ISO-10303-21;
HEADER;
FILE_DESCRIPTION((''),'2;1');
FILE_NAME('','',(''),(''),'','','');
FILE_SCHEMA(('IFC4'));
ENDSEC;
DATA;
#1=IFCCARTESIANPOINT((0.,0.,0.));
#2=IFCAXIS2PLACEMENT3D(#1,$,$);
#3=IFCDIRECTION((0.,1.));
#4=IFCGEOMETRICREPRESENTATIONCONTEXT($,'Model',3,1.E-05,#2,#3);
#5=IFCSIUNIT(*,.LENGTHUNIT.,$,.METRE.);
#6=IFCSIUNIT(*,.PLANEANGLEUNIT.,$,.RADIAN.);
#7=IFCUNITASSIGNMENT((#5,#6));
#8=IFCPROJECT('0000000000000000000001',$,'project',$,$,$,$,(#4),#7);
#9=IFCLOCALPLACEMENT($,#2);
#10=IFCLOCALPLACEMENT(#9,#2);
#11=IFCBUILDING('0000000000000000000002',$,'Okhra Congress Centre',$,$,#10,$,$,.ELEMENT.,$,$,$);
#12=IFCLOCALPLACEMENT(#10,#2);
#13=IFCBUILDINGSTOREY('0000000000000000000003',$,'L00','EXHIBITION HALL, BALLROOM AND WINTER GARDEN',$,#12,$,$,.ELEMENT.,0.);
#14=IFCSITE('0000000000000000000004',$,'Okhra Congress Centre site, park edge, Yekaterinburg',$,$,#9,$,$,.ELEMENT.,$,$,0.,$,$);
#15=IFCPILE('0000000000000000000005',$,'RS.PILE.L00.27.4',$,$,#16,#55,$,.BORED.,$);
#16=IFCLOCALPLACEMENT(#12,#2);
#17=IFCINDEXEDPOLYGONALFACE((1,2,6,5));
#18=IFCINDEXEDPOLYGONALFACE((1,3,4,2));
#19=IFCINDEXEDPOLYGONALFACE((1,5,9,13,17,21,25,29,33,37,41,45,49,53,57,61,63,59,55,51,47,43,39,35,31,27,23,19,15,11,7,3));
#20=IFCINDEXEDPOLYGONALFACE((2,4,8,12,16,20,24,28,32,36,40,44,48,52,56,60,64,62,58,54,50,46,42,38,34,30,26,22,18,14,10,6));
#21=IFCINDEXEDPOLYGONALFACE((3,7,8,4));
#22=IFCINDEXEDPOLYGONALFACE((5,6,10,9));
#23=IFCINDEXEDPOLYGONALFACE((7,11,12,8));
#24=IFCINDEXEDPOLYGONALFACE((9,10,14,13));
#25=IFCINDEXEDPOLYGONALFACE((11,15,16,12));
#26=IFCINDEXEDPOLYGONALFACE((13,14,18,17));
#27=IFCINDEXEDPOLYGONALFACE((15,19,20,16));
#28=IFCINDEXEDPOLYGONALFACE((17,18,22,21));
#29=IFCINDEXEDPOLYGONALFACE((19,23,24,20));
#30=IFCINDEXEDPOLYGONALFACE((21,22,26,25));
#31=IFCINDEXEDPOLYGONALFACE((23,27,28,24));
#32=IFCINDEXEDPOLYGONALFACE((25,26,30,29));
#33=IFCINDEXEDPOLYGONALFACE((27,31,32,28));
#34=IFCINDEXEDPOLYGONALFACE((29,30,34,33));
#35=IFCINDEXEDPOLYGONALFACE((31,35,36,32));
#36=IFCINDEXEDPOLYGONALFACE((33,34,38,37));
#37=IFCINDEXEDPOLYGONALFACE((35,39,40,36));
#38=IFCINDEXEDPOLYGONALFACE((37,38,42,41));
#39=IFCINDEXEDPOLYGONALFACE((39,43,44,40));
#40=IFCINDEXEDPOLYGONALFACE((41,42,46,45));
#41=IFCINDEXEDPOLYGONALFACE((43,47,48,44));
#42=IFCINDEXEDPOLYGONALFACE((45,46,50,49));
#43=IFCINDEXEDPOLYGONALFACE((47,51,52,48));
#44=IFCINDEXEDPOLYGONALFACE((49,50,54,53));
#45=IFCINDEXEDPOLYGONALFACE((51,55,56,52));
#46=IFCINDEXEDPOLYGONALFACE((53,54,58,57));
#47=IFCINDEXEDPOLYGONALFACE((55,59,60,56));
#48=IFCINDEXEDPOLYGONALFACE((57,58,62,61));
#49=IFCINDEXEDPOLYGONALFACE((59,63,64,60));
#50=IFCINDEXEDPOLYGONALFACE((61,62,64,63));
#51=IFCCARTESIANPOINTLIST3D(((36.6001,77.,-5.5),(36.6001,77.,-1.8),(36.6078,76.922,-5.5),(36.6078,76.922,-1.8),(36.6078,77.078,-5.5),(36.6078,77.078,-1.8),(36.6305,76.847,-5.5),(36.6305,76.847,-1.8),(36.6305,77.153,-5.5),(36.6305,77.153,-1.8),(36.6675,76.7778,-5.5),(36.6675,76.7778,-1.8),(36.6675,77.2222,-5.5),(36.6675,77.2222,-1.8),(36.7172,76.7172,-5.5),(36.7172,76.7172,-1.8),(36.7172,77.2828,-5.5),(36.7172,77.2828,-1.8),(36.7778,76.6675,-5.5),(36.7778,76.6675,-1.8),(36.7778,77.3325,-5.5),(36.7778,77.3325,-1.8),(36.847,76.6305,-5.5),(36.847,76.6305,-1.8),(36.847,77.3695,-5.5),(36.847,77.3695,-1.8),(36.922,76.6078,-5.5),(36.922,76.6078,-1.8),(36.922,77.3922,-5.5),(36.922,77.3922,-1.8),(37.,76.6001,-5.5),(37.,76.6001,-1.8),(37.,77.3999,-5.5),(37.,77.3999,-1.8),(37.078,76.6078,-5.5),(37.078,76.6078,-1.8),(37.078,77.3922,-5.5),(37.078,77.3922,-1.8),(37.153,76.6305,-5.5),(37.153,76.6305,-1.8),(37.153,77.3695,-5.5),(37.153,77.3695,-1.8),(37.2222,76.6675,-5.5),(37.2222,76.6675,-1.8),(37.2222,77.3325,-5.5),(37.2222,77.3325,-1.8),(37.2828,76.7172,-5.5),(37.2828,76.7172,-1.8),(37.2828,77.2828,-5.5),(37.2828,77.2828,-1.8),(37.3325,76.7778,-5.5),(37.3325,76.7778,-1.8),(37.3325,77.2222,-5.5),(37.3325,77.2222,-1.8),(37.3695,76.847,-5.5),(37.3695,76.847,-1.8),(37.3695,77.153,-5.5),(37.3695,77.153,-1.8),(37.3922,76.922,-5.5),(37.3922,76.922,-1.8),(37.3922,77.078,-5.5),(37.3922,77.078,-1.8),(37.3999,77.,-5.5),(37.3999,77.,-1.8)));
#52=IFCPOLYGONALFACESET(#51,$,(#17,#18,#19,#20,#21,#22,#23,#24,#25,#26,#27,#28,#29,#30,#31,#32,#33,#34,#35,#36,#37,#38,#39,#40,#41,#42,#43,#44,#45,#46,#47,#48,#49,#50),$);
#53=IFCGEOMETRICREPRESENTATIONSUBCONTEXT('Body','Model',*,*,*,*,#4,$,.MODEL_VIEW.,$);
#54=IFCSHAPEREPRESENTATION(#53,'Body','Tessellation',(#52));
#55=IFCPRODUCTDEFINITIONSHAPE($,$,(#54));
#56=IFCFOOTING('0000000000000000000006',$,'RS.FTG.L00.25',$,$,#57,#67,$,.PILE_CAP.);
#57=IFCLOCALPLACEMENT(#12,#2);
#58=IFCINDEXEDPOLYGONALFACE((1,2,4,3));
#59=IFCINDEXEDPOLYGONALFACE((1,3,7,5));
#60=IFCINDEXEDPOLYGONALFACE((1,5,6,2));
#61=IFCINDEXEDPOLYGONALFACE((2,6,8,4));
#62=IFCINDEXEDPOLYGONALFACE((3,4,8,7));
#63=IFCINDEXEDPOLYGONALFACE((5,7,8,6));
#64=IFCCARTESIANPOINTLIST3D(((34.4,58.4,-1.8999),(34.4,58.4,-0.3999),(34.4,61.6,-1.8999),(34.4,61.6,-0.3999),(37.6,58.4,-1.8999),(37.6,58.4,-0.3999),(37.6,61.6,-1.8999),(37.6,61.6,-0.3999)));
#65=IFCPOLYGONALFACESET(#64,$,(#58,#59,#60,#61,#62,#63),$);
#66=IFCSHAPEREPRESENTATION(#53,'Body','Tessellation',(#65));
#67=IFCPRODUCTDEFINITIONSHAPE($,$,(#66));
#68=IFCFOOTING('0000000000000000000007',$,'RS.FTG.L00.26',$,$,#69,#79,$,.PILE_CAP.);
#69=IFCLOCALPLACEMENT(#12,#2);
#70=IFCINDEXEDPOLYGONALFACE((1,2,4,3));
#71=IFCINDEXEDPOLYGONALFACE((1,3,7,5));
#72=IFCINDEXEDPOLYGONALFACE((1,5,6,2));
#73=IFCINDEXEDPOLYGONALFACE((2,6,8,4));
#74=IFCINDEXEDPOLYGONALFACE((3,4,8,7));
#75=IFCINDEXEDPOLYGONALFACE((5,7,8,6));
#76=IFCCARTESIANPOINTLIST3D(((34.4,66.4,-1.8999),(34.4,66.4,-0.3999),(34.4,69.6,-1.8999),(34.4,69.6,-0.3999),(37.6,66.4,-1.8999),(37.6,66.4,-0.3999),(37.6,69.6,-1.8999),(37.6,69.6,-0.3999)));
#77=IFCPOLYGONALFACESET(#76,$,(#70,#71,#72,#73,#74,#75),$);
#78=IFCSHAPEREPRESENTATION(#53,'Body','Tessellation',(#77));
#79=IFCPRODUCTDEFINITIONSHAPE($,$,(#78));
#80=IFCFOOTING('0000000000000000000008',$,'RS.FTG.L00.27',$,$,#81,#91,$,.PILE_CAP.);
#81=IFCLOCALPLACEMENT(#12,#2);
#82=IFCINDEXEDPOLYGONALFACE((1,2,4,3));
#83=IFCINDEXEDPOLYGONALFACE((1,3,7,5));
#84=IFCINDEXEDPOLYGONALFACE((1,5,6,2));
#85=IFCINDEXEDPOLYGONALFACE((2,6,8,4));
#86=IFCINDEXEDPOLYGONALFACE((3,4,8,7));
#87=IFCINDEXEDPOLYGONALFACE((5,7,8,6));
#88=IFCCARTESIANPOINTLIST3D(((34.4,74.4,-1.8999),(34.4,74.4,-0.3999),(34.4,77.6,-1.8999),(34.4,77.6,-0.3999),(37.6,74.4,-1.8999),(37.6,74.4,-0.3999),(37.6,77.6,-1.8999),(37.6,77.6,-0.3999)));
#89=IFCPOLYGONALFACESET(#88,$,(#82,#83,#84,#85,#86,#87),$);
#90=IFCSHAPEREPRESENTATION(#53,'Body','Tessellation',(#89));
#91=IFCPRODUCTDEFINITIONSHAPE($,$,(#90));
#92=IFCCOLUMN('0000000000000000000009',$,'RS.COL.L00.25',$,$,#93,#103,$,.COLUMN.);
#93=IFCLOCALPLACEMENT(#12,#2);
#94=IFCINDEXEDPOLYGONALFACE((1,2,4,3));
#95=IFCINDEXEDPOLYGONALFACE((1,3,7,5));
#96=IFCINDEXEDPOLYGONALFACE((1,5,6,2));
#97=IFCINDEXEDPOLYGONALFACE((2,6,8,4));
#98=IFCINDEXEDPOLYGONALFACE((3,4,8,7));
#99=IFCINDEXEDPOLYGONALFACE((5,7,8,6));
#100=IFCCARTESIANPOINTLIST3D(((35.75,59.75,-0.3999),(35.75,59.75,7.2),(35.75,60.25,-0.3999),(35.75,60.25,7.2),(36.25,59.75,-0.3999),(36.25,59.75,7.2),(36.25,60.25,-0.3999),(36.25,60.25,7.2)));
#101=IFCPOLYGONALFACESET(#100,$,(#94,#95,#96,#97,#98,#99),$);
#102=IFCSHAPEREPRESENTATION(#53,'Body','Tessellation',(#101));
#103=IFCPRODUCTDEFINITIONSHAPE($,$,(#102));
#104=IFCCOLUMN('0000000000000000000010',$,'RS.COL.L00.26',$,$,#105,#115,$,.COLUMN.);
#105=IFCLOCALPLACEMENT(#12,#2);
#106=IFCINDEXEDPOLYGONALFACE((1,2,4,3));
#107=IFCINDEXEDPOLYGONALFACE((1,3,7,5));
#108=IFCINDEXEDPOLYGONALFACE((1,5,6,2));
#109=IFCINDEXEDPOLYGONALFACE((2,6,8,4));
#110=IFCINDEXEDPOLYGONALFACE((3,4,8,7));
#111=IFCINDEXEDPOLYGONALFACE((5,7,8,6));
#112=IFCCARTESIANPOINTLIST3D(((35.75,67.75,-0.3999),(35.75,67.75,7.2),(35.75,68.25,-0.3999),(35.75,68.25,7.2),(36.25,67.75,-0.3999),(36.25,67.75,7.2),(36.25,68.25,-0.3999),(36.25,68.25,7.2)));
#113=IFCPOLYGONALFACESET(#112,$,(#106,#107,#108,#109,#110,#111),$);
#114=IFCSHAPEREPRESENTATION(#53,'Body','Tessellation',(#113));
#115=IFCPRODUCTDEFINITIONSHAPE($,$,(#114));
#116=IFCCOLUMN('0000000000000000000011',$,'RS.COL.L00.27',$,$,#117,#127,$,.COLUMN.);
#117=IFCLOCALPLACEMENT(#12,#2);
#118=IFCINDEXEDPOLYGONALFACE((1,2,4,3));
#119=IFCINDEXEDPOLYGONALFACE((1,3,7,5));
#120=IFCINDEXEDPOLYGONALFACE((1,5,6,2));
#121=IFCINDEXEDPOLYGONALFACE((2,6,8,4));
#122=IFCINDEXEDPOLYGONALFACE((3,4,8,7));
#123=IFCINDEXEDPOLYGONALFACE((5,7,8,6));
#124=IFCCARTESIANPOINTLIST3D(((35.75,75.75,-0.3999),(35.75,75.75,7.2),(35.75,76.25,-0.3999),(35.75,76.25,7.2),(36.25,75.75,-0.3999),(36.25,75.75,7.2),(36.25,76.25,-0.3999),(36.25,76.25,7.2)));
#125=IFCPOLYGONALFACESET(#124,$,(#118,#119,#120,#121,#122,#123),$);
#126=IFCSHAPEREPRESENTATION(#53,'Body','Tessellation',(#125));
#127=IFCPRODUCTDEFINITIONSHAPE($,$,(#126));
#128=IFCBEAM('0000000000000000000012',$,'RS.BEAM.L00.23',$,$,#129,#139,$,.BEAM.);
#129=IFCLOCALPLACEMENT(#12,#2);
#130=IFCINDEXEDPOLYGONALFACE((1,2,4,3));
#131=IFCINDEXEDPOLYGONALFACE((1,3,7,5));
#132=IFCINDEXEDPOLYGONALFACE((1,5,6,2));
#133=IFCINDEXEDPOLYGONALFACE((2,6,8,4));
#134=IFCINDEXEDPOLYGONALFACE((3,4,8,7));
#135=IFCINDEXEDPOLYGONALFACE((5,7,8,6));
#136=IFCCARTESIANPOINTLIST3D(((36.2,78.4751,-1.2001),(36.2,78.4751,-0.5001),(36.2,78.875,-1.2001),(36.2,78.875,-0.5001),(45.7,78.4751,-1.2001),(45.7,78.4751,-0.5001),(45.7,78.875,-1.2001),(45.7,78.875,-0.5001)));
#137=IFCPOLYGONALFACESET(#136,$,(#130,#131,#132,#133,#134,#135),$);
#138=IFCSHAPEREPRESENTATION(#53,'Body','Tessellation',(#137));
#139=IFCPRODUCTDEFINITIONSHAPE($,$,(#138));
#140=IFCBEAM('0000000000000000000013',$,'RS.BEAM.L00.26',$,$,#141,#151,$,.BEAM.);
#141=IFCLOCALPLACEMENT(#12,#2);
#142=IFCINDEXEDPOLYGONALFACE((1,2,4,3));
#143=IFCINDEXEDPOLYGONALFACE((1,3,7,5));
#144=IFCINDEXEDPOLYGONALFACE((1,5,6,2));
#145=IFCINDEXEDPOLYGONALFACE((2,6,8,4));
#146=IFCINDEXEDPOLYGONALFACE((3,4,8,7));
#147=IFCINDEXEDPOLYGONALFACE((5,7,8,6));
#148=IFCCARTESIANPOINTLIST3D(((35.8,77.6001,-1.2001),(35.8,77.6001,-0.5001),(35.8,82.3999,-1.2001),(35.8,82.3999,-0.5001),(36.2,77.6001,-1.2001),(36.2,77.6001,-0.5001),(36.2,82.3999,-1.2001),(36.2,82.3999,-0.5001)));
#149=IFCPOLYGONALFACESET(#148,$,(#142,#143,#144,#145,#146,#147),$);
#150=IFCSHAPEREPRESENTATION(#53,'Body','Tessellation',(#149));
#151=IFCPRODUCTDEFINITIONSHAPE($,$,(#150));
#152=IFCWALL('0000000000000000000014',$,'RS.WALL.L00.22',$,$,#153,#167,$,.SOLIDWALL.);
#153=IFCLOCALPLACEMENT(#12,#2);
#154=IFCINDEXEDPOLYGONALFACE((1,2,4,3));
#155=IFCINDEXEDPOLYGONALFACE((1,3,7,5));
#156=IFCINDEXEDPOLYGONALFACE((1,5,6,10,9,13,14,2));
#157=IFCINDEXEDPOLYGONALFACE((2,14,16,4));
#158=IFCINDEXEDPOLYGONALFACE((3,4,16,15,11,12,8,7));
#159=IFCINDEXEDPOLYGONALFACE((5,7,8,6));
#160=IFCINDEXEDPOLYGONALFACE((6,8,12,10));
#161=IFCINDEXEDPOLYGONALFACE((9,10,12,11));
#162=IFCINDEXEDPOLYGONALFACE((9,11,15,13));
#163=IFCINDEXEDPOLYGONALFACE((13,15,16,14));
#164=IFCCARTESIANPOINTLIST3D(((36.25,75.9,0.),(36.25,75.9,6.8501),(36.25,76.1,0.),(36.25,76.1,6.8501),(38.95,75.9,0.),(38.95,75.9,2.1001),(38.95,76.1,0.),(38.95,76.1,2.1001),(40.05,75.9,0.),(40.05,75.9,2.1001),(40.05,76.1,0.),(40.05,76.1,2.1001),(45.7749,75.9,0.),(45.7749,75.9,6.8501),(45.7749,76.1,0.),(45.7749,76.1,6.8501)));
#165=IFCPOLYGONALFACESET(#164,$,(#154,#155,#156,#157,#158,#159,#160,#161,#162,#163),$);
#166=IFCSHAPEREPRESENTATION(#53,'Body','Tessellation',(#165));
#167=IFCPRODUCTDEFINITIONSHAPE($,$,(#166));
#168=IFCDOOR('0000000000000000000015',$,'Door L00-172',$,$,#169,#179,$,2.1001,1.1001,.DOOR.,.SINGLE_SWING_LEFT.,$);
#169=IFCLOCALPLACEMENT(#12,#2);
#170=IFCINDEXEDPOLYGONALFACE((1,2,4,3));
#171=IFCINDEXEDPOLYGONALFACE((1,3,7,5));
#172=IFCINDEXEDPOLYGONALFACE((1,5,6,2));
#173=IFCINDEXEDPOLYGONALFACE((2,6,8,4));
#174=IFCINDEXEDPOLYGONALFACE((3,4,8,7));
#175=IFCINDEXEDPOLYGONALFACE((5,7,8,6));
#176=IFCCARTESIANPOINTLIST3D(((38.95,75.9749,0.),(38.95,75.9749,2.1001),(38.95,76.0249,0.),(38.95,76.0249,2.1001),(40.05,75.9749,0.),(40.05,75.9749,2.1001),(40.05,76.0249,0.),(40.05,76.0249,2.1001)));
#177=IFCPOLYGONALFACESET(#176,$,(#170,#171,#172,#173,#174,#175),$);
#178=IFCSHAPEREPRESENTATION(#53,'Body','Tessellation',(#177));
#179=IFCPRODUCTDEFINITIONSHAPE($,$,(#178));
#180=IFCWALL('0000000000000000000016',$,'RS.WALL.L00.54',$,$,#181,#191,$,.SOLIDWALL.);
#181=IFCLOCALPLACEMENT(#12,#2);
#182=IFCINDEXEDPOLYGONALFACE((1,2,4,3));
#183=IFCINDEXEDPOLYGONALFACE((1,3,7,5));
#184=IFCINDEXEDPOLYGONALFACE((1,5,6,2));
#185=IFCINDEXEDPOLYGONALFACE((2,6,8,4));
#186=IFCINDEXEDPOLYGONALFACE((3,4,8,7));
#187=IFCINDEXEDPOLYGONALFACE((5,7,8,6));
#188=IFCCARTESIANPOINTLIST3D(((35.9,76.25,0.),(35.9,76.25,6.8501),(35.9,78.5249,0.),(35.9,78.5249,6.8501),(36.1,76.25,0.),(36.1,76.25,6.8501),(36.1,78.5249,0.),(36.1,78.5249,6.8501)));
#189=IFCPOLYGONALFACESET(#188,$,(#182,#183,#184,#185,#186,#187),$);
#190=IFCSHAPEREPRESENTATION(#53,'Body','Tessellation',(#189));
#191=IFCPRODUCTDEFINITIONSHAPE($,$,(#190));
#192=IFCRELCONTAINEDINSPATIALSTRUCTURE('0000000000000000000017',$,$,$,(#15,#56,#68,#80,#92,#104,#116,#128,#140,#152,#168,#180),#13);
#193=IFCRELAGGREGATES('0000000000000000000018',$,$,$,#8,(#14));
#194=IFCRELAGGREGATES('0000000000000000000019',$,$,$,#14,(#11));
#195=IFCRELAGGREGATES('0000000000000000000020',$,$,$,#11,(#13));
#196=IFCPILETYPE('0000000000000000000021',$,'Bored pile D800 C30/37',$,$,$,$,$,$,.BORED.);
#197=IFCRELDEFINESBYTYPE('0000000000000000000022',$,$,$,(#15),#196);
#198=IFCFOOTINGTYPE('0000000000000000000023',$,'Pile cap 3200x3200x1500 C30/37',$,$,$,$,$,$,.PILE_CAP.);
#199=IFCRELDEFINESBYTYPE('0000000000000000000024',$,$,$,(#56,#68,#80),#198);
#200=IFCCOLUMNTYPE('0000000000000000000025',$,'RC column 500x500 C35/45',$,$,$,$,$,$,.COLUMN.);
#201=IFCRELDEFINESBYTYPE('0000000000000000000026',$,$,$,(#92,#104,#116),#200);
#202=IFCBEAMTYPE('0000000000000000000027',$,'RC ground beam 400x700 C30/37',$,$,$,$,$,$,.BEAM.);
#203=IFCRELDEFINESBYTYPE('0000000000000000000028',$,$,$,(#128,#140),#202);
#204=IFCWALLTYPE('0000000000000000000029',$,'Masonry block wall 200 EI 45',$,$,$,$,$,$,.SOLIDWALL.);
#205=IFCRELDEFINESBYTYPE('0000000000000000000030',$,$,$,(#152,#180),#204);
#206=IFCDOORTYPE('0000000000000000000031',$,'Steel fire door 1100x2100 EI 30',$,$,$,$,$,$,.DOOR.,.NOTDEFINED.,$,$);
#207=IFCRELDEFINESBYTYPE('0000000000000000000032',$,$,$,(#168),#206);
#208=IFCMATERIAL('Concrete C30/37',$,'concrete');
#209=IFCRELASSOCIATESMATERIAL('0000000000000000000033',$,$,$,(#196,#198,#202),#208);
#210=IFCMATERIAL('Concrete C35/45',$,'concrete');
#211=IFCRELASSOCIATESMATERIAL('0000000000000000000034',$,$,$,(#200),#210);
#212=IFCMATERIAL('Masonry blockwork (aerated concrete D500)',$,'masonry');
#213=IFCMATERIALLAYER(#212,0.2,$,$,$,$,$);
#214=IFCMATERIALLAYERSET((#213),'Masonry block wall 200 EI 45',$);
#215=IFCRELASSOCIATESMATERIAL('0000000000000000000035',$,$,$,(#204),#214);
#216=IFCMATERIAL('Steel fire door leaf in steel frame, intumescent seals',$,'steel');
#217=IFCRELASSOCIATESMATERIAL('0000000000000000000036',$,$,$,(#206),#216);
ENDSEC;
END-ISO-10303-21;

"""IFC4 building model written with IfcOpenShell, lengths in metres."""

from ifc_helpers import new_model, si_unit, direction, frame, frame_2d, origin, origin_2d, place, context, subcontext, project, spatial, rectangle, circle, extrude, material, layer, layer_set, material_profile, profile_set, type_object, element, fill, save


model = new_model("IFC4")

# Units and contexts
model_context = context("Model", 3, precision=1e-05, world=origin(), true_north=direction((0.0, 1.0)))
body_context = subcontext(model_context, "Body", "Model", "MODEL_VIEW")
ifc_project = project(units=[si_unit("LENGTHUNIT", "METRE"), si_unit("PLANEANGLEUNIT", "RADIAN")], contexts=[model_context])

# Site, building, storey
site_placement = place(None, origin())
site = spatial("IfcSite", under=ifc_project, at=site_placement, Name="Okhra Congress Centre site, park edge, Yekaterinburg", CompositionType="ELEMENT", RefElevation=0.0)
building_placement = place(site_placement, origin())
building = spatial("IfcBuilding", under=site, at=building_placement, Name="Okhra Congress Centre", CompositionType="ELEMENT")
storey_placement = place(building_placement, origin())
storey = spatial("IfcBuildingStorey", under=building, at=storey_placement, Name="L00", Description="EXHIBITION HALL, BALLROOM AND WINTER GARDEN", CompositionType="ELEMENT", Elevation=0.0)

# Pile
ifc_material_1 = material(Name="Concrete C30/37", Category="concrete")
ifc_material_profile_1 = material_profile(ifc_material_1, circle(Radius=0.3999, at=origin_2d()), Name="D800")
ifc_profile_set_1 = profile_set([ifc_material_profile_1], Name="Concrete C30/37")
pile_type = type_object("IfcPileType", Name="Bored pile D800 C30/37", PredefinedType="BORED", material=ifc_profile_set_1)
for number, where, z_axis, x_axis, name in (
    (1, (37.0, 77.0, -1.8), (0.0, 0.0, -1.0), (1.0, 0.0, 0.0), "RS.PILE.L00.27.4"),
):
    element("IfcPile", number, at=place(storey_placement, frame(where, z_axis=z_axis, x_axis=x_axis)), inside=storey, type_object=pile_type, Name=name, PredefinedType="BORED", context=body_context, shape_type="SweptSolid", body=[
        extrude(circle(Radius=0.3999, at=origin_2d()), origin(), (0.0, 0.0, 1.0), 3.7),
    ])

# Footings
footing_type = type_object("IfcFootingType", Name="Pile cap 3200x3200x1500 C30/37", PredefinedType="PILE_CAP", material=ifc_material_1)
for number, where, z_axis, x_axis, name in (
    (2, (36.0, 60.0, -1.8999), (0.0, 0.0, 1.0), (1.0, 0.0, 0.0), "RS.FTG.L00.25"),
    (3, (36.0, 68.0, -1.8999), (0.0, 0.0, 1.0), (1.0, 0.0, 0.0), "RS.FTG.L00.26"),
    (4, (36.0, 76.0, -1.8999), (0.0, 0.0, 1.0), (1.0, 0.0, 0.0), "RS.FTG.L00.27"),
):
    element("IfcFooting", number, at=place(storey_placement, frame(where, z_axis=z_axis, x_axis=x_axis)), inside=storey, type_object=footing_type, Name=name, PredefinedType="PILE_CAP", context=body_context, shape_type="SweptSolid", body=[
        extrude(rectangle(XDim=3.2, YDim=3.2, at=origin_2d()), origin(), (0.0, 0.0, 1.0), 1.5),
    ])

# Columns
ifc_material_2 = material(Name="Concrete C35/45", Category="concrete")
ifc_material_profile_2 = material_profile(ifc_material_2, rectangle(XDim=0.5, YDim=0.5, at=origin_2d()), Name="RC 500x500")
ifc_profile_set_2 = profile_set([ifc_material_profile_2], Name="Concrete C35/45")
column_type = type_object("IfcColumnType", Name="RC column 500x500 C35/45", PredefinedType="COLUMN", material=ifc_profile_set_2)
for number, where, z_axis, x_axis, name in (
    (5, (36.0, 60.0, -0.3999), (0.0, 0.0, 1.0), (1.0, 0.0, 0.0), "RS.COL.L00.25"),
    (6, (36.0, 68.0, -0.3999), (0.0, 0.0, 1.0), (1.0, 0.0, 0.0), "RS.COL.L00.26"),
    (7, (36.0, 76.0, -0.3999), (0.0, 0.0, 1.0), (1.0, 0.0, 0.0), "RS.COL.L00.27"),
):
    element("IfcColumn", number, at=place(storey_placement, frame(where, z_axis=z_axis, x_axis=x_axis)), inside=storey, type_object=column_type, Name=name, PredefinedType="COLUMN", context=body_context, shape_type="SweptSolid", body=[
        extrude(rectangle(XDim=0.5, YDim=0.5, at=origin_2d()), origin(), (0.0, 0.0, 1.0), 7.5999),
    ])

# Beams
ifc_material_profile_3 = material_profile(ifc_material_1, rectangle(XDim=0.3999, YDim=0.7, at=origin_2d()), Name="RC 400x700")
ifc_profile_set_3 = profile_set([ifc_material_profile_3], Name="Concrete C30/37")
beam_type = type_object("IfcBeamType", Name="RC ground beam 400x700 C30/37", PredefinedType="BEAM", material=ifc_profile_set_3)
beam_1_placement = place(storey_placement, frame((36.2, 78.675, -0.8501), z_axis=(1.0, 0.0, 0.0), x_axis=(0.0, 1.0, 0.0)))
element("IfcBeam", 8, at=beam_1_placement, inside=storey, type_object=beam_type, Name="RS.BEAM.L00.23", PredefinedType="BEAM", context=body_context, shape_type="SweptSolid", body=[
    extrude(rectangle(XDim=0.3999, YDim=0.7, at=origin_2d()), origin(), (0.0, 0.0, 1.0), 9.5),
])
beam_2_placement = place(storey_placement, frame((36.0, 77.6001, -0.8501), z_axis=(0.0, 1.0, 0.0), x_axis=(-1.0, 0.0, 0.0)))
element("IfcBeam", 9, at=beam_2_placement, inside=storey, type_object=beam_type, Name="RS.BEAM.L00.26", PredefinedType="BEAM", context=body_context, shape_type="SweptSolid", body=[
    extrude(rectangle(XDim=0.3999, YDim=0.7, at=origin_2d()), origin(), (0.0, 0.0, 1.0), 4.7998),
])

# Wall, opening, door
ifc_material_3 = material(Name="Masonry blockwork (aerated concrete D500)", Category="masonry")
ifc_layer_1 = layer(ifc_material_3, 0.2)
ifc_layer_set_1 = layer_set([ifc_layer_1], Name="Masonry block wall 200 EI 45")
wall_type_1 = type_object("IfcWallType", Name="Masonry block wall 200 EI 45", PredefinedType="SOLIDWALL", material=ifc_layer_set_1)
wall_1_placement = place(storey_placement, frame((36.25, 76.0, 0.0), z_axis=(0.0, 0.0, 1.0), x_axis=(1.0, 0.0, 0.0)))
wall_1 = element("IfcWall", 10, at=wall_1_placement, inside=storey, type_object=wall_type_1, Name="RS.WALL.L00.22", PredefinedType="SOLIDWALL", context=body_context, shape_type="SweptSolid", body=[
    extrude(rectangle(XDim=9.5249, YDim=0.2, at=frame_2d((4.7625, 0.0))), origin(), (0.0, 0.0, 1.0), 6.8501),
])
opening_1_placement = place(wall_1_placement, frame((2.7, 0.0, 0.0)))
opening_1 = element("IfcOpeningElement", 11, at=opening_1_placement, cuts=wall_1, PredefinedType="OPENING", context=body_context, shape_type="SweptSolid", body=[
    extrude(rectangle(XDim=1.1001, YDim=2.1001, at=frame_2d((0.55, 1.05))), frame((0.0, 0.1099, 0.0), z_axis=(0.0, -1.0, 0.0), x_axis=(1.0, 0.0, 0.0)), (0.0, 0.0, 1.0), 0.22),
])
ifc_material_4 = material(Name="Steel fire door leaf in steel frame, intumescent seals", Category="steel")
door_type_1 = type_object("IfcDoorType", Name="Steel fire door 1100x2100 EI 30", OperationType="NOTDEFINED", PredefinedType="DOOR", material=ifc_material_4)
door_1_placement = place(opening_1_placement, origin())
door_1 = element("IfcDoor", 12, at=door_1_placement, inside=storey, type_object=door_type_1, Name="Door L00-172", OperationType="SINGLE_SWING_LEFT", OverallHeight=2.1001, OverallWidth=1.1001, PredefinedType="DOOR", context=body_context, shape_type="SweptSolid", body=[
    extrude(rectangle(XDim=1.1001, YDim=2.1001, at=frame_2d((0.55, 1.05))), frame((0.0, 0.0249, 0.0), z_axis=(0.0, -1.0, 0.0), x_axis=(1.0, 0.0, 0.0)), (0.0, 0.0, 1.0), 0.05),
])
fill(opening_1, door_1)

# Wall
wall_2_placement = place(storey_placement, frame((36.0, 76.25, 0.0), z_axis=(0.0, 0.0, 1.0), x_axis=(0.0, 1.0, 0.0)))
element("IfcWall", 13, at=wall_2_placement, inside=storey, type_object=wall_type_1, Name="RS.WALL.L00.54", PredefinedType="SOLIDWALL", context=body_context, shape_type="SweptSolid", body=[
    extrude(rectangle(XDim=2.2749, YDim=0.2, at=frame_2d((1.1375, 0.0))), origin(), (0.0, 0.0, 1.0), 6.8501),
])

save(model, "model.ifc")
